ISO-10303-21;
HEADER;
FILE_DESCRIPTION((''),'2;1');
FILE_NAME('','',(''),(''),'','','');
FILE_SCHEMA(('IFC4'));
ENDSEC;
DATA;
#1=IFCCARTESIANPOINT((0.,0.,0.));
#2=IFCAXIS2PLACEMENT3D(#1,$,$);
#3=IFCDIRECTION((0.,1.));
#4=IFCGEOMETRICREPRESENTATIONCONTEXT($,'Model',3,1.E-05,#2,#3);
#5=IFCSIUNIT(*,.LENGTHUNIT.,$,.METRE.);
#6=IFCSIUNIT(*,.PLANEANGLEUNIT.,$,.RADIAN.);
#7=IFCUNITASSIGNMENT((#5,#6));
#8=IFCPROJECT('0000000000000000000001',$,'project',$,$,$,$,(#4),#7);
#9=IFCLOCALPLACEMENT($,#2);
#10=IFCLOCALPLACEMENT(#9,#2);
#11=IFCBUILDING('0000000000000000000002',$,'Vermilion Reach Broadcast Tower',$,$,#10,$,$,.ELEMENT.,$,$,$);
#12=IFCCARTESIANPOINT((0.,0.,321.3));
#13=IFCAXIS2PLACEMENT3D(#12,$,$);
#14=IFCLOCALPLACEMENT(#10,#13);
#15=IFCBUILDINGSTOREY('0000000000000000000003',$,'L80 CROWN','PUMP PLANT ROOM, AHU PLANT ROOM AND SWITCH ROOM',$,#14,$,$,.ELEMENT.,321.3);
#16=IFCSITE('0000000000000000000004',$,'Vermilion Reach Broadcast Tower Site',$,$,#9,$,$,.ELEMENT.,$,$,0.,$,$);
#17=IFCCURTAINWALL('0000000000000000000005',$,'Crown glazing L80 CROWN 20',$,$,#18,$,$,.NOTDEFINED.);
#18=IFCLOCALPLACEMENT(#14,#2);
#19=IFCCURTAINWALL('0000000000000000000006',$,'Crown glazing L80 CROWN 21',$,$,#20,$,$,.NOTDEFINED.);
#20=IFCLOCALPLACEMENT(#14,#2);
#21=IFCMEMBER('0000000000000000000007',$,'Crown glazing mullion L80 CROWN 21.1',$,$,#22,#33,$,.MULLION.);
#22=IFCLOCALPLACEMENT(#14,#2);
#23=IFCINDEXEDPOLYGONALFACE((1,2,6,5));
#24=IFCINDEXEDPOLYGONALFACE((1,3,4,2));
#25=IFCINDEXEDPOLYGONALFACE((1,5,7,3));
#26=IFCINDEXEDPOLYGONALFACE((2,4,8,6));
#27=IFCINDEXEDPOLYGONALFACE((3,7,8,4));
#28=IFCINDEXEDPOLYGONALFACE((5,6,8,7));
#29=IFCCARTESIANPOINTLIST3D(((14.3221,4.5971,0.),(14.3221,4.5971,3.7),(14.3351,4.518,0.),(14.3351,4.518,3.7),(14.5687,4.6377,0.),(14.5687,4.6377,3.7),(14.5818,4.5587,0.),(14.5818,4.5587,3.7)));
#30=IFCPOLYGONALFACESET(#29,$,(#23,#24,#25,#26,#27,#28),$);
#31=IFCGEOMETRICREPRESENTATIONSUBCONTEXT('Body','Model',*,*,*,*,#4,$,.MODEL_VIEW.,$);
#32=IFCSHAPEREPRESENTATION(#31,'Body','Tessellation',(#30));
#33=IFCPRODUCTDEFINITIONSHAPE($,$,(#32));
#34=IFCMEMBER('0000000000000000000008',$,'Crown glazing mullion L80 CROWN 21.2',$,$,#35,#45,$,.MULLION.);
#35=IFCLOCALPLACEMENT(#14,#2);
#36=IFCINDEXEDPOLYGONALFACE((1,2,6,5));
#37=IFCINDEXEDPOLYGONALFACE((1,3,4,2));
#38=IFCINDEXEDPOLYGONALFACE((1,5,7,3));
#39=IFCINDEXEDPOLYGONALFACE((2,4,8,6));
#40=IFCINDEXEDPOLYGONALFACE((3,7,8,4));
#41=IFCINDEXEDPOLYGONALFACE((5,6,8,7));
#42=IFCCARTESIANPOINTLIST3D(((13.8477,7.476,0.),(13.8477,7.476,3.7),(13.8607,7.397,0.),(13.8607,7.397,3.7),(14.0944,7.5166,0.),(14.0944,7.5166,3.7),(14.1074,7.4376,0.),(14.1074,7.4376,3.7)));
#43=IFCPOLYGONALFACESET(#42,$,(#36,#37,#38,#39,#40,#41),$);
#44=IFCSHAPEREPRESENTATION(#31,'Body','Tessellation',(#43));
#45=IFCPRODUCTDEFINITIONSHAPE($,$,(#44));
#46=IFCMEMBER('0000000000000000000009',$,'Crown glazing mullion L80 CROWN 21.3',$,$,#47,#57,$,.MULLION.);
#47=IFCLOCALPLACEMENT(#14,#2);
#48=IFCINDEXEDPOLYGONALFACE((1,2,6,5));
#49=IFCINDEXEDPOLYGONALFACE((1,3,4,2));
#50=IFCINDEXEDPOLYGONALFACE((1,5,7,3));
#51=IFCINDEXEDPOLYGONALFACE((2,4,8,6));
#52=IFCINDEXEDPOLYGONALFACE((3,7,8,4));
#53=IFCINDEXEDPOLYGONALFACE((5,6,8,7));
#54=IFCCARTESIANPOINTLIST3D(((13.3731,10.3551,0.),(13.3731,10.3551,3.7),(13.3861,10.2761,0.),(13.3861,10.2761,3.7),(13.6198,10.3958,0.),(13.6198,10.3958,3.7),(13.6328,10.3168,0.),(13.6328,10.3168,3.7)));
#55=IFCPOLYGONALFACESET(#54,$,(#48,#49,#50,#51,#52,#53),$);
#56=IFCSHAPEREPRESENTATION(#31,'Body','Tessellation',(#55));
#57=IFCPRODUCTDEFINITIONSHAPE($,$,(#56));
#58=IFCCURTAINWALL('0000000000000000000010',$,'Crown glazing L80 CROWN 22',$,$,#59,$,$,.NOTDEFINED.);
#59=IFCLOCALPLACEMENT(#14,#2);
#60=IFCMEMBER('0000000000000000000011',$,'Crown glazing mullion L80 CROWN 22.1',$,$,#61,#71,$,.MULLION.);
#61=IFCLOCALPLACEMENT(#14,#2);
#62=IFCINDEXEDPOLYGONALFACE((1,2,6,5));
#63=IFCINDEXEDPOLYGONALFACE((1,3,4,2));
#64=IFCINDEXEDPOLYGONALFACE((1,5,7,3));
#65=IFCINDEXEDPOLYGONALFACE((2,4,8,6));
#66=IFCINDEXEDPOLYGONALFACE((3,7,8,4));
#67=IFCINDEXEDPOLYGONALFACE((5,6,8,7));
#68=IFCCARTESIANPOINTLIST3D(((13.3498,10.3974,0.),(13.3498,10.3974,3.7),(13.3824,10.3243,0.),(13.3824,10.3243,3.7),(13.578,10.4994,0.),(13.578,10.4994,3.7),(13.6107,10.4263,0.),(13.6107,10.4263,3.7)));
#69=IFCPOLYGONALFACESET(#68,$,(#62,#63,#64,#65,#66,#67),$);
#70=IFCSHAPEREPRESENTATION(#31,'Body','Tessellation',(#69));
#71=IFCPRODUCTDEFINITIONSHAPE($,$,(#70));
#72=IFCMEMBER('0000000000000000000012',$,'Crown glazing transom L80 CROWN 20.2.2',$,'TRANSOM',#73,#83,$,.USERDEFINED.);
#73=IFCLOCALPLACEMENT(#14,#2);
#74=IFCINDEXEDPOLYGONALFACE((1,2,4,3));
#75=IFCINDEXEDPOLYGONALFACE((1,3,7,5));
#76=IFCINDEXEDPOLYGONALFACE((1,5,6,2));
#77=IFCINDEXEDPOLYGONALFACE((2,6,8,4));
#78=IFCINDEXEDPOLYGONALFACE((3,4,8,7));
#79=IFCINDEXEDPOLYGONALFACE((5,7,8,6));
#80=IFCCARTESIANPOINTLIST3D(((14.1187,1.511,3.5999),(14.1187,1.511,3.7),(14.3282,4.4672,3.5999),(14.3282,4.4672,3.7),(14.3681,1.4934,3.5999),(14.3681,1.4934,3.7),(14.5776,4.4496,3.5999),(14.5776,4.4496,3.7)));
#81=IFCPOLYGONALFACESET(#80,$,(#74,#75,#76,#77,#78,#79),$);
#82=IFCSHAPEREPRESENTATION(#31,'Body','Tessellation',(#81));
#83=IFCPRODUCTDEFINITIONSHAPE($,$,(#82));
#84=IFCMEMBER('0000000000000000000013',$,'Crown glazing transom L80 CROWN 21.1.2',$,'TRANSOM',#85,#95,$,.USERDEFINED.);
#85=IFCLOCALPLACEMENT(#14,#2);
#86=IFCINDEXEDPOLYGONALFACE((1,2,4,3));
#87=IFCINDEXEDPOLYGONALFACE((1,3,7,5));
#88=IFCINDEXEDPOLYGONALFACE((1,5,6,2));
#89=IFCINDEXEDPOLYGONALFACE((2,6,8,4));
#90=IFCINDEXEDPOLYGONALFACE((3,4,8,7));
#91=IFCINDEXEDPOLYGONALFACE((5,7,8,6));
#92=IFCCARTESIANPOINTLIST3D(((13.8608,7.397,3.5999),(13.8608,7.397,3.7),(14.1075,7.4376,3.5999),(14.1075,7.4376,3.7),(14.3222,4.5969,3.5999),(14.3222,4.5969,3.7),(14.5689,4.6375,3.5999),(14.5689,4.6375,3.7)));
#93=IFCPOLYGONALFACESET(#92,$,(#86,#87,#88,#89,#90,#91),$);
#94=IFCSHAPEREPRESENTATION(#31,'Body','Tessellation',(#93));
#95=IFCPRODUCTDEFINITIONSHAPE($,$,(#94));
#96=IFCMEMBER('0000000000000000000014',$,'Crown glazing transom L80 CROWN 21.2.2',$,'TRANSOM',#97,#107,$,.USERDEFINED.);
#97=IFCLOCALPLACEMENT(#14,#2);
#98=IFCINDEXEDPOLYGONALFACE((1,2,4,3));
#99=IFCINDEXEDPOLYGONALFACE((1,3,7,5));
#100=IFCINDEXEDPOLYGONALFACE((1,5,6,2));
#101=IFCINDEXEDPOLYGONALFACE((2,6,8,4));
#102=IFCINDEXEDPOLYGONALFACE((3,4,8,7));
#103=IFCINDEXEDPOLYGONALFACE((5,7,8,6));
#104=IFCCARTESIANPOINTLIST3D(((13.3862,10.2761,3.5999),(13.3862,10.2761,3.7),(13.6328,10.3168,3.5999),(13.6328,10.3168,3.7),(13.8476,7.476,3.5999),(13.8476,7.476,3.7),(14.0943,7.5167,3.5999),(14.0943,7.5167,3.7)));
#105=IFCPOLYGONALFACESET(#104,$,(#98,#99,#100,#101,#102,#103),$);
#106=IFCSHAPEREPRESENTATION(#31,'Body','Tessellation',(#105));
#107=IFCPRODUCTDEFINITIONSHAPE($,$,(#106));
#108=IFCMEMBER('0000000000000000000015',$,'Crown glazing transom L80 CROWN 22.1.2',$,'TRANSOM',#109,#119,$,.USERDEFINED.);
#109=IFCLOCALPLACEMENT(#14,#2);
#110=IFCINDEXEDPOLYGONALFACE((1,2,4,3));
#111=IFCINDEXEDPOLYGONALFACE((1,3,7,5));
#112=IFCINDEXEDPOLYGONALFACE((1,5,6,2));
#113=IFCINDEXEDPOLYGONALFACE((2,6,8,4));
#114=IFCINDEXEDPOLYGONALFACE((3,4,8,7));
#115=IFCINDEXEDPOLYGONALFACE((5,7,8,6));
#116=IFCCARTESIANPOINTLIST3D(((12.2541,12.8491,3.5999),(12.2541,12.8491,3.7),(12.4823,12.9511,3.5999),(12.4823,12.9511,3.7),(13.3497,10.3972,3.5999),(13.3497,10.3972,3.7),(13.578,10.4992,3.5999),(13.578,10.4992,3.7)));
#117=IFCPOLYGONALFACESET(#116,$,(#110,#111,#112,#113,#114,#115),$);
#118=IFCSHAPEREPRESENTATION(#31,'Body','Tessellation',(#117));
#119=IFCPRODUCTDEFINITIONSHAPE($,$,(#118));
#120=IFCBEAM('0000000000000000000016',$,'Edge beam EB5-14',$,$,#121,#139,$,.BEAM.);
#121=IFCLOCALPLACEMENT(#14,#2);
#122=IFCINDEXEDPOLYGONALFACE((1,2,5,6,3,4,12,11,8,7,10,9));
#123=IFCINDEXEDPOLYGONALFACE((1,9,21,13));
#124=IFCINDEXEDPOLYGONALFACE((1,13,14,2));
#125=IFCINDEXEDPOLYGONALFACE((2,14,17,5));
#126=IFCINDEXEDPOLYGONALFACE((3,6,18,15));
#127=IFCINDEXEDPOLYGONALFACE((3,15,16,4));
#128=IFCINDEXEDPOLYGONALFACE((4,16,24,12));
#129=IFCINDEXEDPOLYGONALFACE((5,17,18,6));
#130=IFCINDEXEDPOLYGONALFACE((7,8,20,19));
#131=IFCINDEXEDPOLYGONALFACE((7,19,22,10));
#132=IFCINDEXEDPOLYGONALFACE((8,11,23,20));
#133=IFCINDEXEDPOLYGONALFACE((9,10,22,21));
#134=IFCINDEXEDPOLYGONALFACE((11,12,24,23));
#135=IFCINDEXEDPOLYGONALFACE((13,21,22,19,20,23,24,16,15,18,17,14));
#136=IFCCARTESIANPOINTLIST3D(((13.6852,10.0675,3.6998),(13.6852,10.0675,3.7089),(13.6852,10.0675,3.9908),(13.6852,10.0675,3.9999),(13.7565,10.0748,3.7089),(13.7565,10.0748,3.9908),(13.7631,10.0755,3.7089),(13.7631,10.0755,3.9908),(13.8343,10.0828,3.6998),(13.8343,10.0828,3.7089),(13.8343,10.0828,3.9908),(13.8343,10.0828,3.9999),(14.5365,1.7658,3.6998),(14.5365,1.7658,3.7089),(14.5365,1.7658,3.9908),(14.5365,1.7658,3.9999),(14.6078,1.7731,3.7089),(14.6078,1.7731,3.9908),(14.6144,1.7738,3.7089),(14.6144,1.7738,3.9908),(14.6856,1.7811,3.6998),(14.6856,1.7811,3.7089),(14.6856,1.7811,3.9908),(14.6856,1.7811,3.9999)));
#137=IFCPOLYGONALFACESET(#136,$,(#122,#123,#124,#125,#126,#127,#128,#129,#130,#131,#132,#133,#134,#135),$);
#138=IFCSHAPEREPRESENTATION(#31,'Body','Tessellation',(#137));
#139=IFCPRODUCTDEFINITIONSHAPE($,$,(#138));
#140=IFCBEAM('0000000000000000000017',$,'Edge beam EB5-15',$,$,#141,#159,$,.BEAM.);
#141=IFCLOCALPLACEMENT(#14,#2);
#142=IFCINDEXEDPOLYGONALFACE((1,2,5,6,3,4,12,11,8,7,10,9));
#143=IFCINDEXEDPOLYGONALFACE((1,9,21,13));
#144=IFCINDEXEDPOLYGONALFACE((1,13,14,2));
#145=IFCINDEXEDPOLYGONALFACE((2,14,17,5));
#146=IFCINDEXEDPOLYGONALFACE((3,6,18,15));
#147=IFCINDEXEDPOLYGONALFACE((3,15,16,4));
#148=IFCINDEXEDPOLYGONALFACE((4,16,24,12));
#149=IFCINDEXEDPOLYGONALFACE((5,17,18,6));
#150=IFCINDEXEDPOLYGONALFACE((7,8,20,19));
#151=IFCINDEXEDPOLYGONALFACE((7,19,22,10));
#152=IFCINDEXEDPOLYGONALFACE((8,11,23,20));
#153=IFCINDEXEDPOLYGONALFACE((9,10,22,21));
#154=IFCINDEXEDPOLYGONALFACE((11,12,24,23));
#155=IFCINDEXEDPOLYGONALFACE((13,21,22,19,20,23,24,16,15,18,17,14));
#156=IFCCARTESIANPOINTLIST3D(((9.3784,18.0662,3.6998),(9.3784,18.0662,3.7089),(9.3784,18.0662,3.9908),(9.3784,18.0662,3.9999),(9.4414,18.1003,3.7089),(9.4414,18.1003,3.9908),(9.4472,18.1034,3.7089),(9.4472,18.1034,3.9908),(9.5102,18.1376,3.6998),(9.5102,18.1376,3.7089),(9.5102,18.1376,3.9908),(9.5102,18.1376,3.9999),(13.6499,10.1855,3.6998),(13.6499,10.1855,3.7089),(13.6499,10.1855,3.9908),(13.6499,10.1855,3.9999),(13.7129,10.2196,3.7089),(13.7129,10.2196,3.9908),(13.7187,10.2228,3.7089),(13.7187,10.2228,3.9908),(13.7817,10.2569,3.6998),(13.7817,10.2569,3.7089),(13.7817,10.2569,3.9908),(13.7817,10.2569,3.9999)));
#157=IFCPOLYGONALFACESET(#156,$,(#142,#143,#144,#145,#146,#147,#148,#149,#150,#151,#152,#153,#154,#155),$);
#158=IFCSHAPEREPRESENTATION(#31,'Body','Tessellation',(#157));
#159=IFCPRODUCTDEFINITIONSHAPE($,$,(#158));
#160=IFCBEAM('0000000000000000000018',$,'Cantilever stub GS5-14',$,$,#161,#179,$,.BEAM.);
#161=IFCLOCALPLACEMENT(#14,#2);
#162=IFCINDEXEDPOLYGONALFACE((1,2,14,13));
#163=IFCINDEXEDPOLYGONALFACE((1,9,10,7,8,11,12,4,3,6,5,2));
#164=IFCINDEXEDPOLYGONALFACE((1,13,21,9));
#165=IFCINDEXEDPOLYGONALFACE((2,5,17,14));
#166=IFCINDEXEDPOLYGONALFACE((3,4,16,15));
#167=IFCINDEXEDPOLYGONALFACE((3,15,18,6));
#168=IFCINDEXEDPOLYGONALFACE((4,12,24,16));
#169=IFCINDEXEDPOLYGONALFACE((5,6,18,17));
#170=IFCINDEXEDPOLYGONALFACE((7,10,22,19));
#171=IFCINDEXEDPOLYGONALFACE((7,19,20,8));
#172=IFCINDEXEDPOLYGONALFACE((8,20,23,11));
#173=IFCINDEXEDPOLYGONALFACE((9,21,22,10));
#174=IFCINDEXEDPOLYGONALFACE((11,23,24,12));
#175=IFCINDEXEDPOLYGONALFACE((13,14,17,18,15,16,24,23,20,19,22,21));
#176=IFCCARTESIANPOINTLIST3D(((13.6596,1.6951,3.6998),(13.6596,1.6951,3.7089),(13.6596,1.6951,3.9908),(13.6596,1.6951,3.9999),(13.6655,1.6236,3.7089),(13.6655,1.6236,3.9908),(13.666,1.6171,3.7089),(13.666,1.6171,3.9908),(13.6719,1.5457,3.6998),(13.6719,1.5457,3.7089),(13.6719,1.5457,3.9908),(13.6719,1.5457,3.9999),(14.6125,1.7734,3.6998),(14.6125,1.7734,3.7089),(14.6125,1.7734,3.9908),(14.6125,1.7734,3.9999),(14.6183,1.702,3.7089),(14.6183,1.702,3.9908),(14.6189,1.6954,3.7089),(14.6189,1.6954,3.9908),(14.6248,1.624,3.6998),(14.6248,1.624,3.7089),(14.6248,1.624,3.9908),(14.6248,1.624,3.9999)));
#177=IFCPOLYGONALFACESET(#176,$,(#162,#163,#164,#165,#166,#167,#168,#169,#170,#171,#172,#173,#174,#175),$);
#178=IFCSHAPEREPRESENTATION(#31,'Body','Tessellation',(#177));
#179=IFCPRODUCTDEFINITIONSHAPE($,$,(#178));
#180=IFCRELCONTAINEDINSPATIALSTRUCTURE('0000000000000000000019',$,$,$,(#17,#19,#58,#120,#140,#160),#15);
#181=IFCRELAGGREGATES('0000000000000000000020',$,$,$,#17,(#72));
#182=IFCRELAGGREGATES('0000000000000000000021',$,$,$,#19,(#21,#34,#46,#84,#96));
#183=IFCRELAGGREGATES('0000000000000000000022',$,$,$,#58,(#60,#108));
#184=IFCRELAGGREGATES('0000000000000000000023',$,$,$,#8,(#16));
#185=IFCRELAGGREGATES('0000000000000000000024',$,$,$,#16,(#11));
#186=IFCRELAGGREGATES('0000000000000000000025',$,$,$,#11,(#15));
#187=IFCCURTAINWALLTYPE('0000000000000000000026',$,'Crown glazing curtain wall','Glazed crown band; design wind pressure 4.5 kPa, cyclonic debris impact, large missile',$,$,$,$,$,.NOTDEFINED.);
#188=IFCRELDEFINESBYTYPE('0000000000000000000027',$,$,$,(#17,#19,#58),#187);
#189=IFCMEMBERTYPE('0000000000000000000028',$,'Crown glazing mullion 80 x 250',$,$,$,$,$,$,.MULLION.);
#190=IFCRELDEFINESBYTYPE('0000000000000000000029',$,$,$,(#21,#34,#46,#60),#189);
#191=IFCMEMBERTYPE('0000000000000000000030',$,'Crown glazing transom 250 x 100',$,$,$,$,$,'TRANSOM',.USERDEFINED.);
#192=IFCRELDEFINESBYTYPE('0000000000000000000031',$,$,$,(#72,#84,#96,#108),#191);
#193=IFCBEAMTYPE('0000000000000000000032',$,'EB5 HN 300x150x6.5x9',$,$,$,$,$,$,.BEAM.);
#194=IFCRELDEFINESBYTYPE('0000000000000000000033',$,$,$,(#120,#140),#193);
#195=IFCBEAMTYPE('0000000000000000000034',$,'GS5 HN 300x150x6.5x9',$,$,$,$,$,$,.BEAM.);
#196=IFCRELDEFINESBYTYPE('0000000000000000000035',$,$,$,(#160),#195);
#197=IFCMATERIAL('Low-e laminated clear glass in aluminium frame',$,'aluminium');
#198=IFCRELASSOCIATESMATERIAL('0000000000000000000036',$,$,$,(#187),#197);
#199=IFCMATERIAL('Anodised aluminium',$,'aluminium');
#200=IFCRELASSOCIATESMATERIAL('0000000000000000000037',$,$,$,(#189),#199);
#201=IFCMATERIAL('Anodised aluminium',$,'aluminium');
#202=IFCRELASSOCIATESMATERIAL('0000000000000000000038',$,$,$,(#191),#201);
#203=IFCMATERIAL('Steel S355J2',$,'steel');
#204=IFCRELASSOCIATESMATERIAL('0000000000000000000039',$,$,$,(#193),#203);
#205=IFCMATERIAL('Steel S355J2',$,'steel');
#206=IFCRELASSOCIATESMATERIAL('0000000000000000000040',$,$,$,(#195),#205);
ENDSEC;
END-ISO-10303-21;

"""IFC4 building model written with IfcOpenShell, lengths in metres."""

from ifc_helpers import new_model, si_unit, direction, frame, origin, origin_2d, place, context, subcontext, project, spatial, rectangle, i_section, extrude, material, material_profile, profile_set, type_object, element, aggregate, save


model = new_model("IFC4")

# Units and contexts
model_context = context("Model", 3, precision=1e-05, world=origin(), true_north=direction((0.0, 1.0)))
body_context = subcontext(model_context, "Body", "Model", "MODEL_VIEW")
ifc_project = project(units=[si_unit("LENGTHUNIT", "METRE"), si_unit("PLANEANGLEUNIT", "RADIAN")], contexts=[model_context])

# Site, building, storey
site_placement = place(None, origin())
site = spatial("IfcSite", under=ifc_project, at=site_placement, Name="Vermilion Reach Broadcast Tower Site", CompositionType="ELEMENT", RefElevation=0.0)
building_placement = place(site_placement, origin())
building = spatial("IfcBuilding", under=site, at=building_placement, Name="Vermilion Reach Broadcast Tower", CompositionType="ELEMENT")
storey_placement = place(building_placement, frame((0.0, 0.0, 321.3)))
storey = spatial("IfcBuildingStorey", under=building, at=storey_placement, Name="L80 CROWN", Description="PUMP PLANT ROOM, AHU PLANT ROOM AND SWITCH ROOM", CompositionType="ELEMENT", Elevation=321.3)

# Curtain walls, members
ifc_material_1 = material(Name="Low-e laminated clear glass in aluminium frame", Category="aluminium")
curtain_wall_type = type_object("IfcCurtainWallType", Name="Crown glazing curtain wall", Description="Glazed crown band; design wind pressure 4.5 kPa, cyclonic debris impact, large missile", PredefinedType="NOTDEFINED", material=ifc_material_1)
placement = place(storey_placement, origin())
curtain_wall_1 = element("IfcCurtainWall", 1, at=placement, inside=storey, type_object=curtain_wall_type, Name="Crown glazing L80 CROWN 20", PredefinedType="NOTDEFINED")
ifc_material_2 = material(Name="Anodised aluminium", Category="aluminium")
ifc_material_profile_1 = material_profile(ifc_material_2, rectangle(XDim=0.25, YDim=0.0801, at=origin_2d()), Name="Crown glazing mullion 80 x 250")
ifc_profile_set_1 = profile_set([ifc_material_profile_1], Name="Anodised aluminium")
member_type_1 = type_object("IfcMemberType", Name="Crown glazing mullion 80 x 250", PredefinedType="MULLION", material=ifc_profile_set_1)
curtain_wall_2 = element("IfcCurtainWall", 2, at=placement, inside=storey, type_object=curtain_wall_type, Name="Crown glazing L80 CROWN 21", PredefinedType="NOTDEFINED")
member_1_placement = place(storey_placement, frame((14.4519, 4.5779, 0.0), z_axis=(0.0, 0.0, 1.0), x_axis=(-0.986689, -0.162618, 0.0)))
member_1 = element("IfcMember", 3, at=member_1_placement, type_object=member_type_1, Name="Crown glazing mullion L80 CROWN 21.1", PredefinedType="MULLION", context=body_context, shape_type="SweptSolid", body=[
    extrude(rectangle(XDim=0.25, YDim=0.0801, at=origin_2d()), origin(), (0.0, 0.0, 1.0), 3.7),
])
member_2_placement = place(storey_placement, frame((13.9775, 7.4568, 0.0), z_axis=(0.0, 0.0, 1.0), x_axis=(-0.986689, -0.162618, 0.0)))
member_2 = element("IfcMember", 4, at=member_2_placement, type_object=member_type_1, Name="Crown glazing mullion L80 CROWN 21.2", PredefinedType="MULLION", context=body_context, shape_type="SweptSolid", body=[
    extrude(rectangle(XDim=0.25, YDim=0.0801, at=origin_2d()), origin(), (0.0, 0.0, 1.0), 3.7),
])
member_3_placement = place(storey_placement, frame((13.5029, 10.3359, 0.0), z_axis=(0.0, 0.0, 1.0), x_axis=(-0.986689, -0.162618, 0.0)))
member_3 = element("IfcMember", 5, at=member_3_placement, type_object=member_type_1, Name="Crown glazing mullion L80 CROWN 21.3", PredefinedType="MULLION", context=body_context, shape_type="SweptSolid", body=[
    extrude(rectangle(XDim=0.25, YDim=0.0801, at=origin_2d()), origin(), (0.0, 0.0, 1.0), 3.7),
])

# Curtain wall, member
curtain_wall_3 = element("IfcCurtainWall", 6, at=placement, inside=storey, type_object=curtain_wall_type, Name="Crown glazing L80 CROWN 22", PredefinedType="NOTDEFINED")
member_4_placement = place(storey_placement, frame((13.4802, 10.4119, 0.0), z_axis=(0.0, 0.0, 1.0), x_axis=(-0.912989, -0.407985, 0.0)))
member_4 = element("IfcMember", 7, at=member_4_placement, type_object=member_type_1, Name="Crown glazing mullion L80 CROWN 22.1", PredefinedType="MULLION", context=body_context, shape_type="SweptSolid", body=[
    extrude(rectangle(XDim=0.25, YDim=0.0801, at=origin_2d()), origin(), (0.0, 0.0, 1.0), 3.7),
])

# Members
ifc_material_3 = material(Name="Anodised aluminium", Category="aluminium")
ifc_material_profile_2 = material_profile(ifc_material_3, rectangle(XDim=0.25, YDim=0.1001, at=origin_2d()), Name="Crown glazing transom 250 x 100")
ifc_profile_set_2 = profile_set([ifc_material_profile_2], Name="Anodised aluminium")
member_type_2 = type_object("IfcMemberType", Name="Crown glazing transom 250 x 100", ElementType="TRANSOM", PredefinedType="USERDEFINED", material=ifc_profile_set_2)
member_5_placement = place(storey_placement, frame((14.2434, 1.5022, 3.6499), z_axis=(0.070679, 0.997499, 0.0), x_axis=(-0.997499, 0.070679, 0.0)))
member_5 = element("IfcMember", 8, at=member_5_placement, type_object=member_type_2, Name="Crown glazing transom L80 CROWN 20.2.2", ObjectType="TRANSOM", PredefinedType="USERDEFINED", context=body_context, shape_type="SweptSolid", body=[
    extrude(rectangle(XDim=0.25, YDim=0.1001, at=origin_2d()), origin(), (0.0, 0.0, 1.0), 2.9636),
])
member_6_placement = place(storey_placement, frame((14.4456, 4.6172, 3.6499), z_axis=(-0.162599, 0.986692, 0.0), x_axis=(-0.986692, -0.162599, 0.0)))
member_6 = element("IfcMember", 9, at=member_6_placement, type_object=member_type_2, Name="Crown glazing transom L80 CROWN 21.1.2", ObjectType="TRANSOM", PredefinedType="USERDEFINED", context=body_context, shape_type="SweptSolid", body=[
    extrude(rectangle(XDim=0.25, YDim=0.1001, at=origin_2d()), origin(), (0.0, 0.0, 1.0), 2.8379),
])
member_7_placement = place(storey_placement, frame((13.9709, 7.4963, 3.6499), z_axis=(-0.162599, 0.986692, 0.0), x_axis=(-0.986692, -0.162599, 0.0)))
member_7 = element("IfcMember", 10, at=member_7_placement, type_object=member_type_2, Name="Crown glazing transom L80 CROWN 21.2.2", ObjectType="TRANSOM", PredefinedType="USERDEFINED", context=body_context, shape_type="SweptSolid", body=[
    extrude(rectangle(XDim=0.25, YDim=0.1001, at=origin_2d()), origin(), (0.0, 0.0, 1.0), 2.8379),
])
member_8_placement = place(storey_placement, frame((13.4639, 10.4482, 3.6499), z_axis=(-0.407993, 0.912985, 0.0), x_axis=(-0.912985, -0.407993, 0.0)))
member_8 = element("IfcMember", 11, at=member_8_placement, type_object=member_type_2, Name="Crown glazing transom L80 CROWN 22.1.2", ObjectType="TRANSOM", PredefinedType="USERDEFINED", context=body_context, shape_type="SweptSolid", body=[
    extrude(rectangle(XDim=0.25, YDim=0.1001, at=origin_2d()), origin(), (0.0, 0.0, 1.0), 2.6855),
])

# Beams
ifc_material_4 = material(Name="Steel S355J2", Category="steel")
ifc_material_profile_3 = material_profile(ifc_material_4, i_section(OverallWidth=0.1499, OverallDepth=0.3, WebThickness=0.0066, FlangeThickness=0.009, at=origin_2d()), Name="S355J2 HN 300x150x6.5x9")
ifc_profile_set_3 = profile_set([ifc_material_profile_3], Name="Steel S355J2")
beam_type_1 = type_object("IfcBeamType", Name="EB5 HN 300x150x6.5x9", PredefinedType="BEAM", material=ifc_profile_set_3)
beam_1_placement = place(storey_placement, frame((14.6111, 1.7734, 3.8499), z_axis=(-0.102012, 0.994783, 0.0), x_axis=(-0.994783, -0.102012, 0.0)))
element("IfcBeam", 12, at=beam_1_placement, inside=storey, type_object=beam_type_1, Name="Edge beam EB5-14", PredefinedType="BEAM", context=body_context, shape_type="SweptSolid", body=[
    extrude(i_section(OverallWidth=0.1499, OverallDepth=0.3, WebThickness=0.0066, FlangeThickness=0.009, at=origin_2d()), origin(), (0.0, 0.0, 1.0), 8.3452),
])
beam_2_placement = place(storey_placement, frame((13.7158, 10.2212, 3.8499), z_axis=(-0.476526, 0.87916, 0.0), x_axis=(-0.87916, -0.476526, 0.0)))
element("IfcBeam", 13, at=beam_2_placement, inside=storey, type_object=beam_type_1, Name="Edge beam EB5-15", PredefinedType="BEAM", context=body_context, shape_type="SweptSolid", body=[
    extrude(i_section(OverallWidth=0.1499, OverallDepth=0.3, WebThickness=0.0066, FlangeThickness=0.009, at=origin_2d()), origin(), (0.0, 0.0, 1.0), 8.9639),
])
ifc_material_5 = material(Name="Steel S355J2", Category="steel")
ifc_material_profile_4 = material_profile(ifc_material_5, i_section(OverallWidth=0.1499, OverallDepth=0.3, WebThickness=0.0066, FlangeThickness=0.009, at=origin_2d()), Name="S355J2 HN 300x150x6.5x9")
ifc_profile_set_4 = profile_set([ifc_material_profile_4], Name="Steel S355J2")
beam_type_2 = type_object("IfcBeamType", Name="GS5 HN 300x150x6.5x9", PredefinedType="BEAM", material=ifc_profile_set_4)
beam_3_placement = place(storey_placement, frame((13.6658, 1.6204, 3.8499), z_axis=(0.996635, 0.081968, 0.0), x_axis=(-0.081968, 0.996635, 0.0)))
element("IfcBeam", 14, at=beam_3_placement, inside=storey, type_object=beam_type_2, Name="Cantilever stub GS5-14", PredefinedType="BEAM", context=body_context, shape_type="SweptSolid", body=[
    extrude(i_section(OverallWidth=0.1499, OverallDepth=0.3, WebThickness=0.0066, FlangeThickness=0.009, at=origin_2d()), origin(), (0.0, 0.0, 1.0), 0.9561),
])

aggregate(curtain_wall_1, [member_5])
aggregate(curtain_wall_2, [member_1, member_2, member_3, member_6, member_7])
aggregate(curtain_wall_3, [member_4, member_8])

save(model, "model.ifc")
